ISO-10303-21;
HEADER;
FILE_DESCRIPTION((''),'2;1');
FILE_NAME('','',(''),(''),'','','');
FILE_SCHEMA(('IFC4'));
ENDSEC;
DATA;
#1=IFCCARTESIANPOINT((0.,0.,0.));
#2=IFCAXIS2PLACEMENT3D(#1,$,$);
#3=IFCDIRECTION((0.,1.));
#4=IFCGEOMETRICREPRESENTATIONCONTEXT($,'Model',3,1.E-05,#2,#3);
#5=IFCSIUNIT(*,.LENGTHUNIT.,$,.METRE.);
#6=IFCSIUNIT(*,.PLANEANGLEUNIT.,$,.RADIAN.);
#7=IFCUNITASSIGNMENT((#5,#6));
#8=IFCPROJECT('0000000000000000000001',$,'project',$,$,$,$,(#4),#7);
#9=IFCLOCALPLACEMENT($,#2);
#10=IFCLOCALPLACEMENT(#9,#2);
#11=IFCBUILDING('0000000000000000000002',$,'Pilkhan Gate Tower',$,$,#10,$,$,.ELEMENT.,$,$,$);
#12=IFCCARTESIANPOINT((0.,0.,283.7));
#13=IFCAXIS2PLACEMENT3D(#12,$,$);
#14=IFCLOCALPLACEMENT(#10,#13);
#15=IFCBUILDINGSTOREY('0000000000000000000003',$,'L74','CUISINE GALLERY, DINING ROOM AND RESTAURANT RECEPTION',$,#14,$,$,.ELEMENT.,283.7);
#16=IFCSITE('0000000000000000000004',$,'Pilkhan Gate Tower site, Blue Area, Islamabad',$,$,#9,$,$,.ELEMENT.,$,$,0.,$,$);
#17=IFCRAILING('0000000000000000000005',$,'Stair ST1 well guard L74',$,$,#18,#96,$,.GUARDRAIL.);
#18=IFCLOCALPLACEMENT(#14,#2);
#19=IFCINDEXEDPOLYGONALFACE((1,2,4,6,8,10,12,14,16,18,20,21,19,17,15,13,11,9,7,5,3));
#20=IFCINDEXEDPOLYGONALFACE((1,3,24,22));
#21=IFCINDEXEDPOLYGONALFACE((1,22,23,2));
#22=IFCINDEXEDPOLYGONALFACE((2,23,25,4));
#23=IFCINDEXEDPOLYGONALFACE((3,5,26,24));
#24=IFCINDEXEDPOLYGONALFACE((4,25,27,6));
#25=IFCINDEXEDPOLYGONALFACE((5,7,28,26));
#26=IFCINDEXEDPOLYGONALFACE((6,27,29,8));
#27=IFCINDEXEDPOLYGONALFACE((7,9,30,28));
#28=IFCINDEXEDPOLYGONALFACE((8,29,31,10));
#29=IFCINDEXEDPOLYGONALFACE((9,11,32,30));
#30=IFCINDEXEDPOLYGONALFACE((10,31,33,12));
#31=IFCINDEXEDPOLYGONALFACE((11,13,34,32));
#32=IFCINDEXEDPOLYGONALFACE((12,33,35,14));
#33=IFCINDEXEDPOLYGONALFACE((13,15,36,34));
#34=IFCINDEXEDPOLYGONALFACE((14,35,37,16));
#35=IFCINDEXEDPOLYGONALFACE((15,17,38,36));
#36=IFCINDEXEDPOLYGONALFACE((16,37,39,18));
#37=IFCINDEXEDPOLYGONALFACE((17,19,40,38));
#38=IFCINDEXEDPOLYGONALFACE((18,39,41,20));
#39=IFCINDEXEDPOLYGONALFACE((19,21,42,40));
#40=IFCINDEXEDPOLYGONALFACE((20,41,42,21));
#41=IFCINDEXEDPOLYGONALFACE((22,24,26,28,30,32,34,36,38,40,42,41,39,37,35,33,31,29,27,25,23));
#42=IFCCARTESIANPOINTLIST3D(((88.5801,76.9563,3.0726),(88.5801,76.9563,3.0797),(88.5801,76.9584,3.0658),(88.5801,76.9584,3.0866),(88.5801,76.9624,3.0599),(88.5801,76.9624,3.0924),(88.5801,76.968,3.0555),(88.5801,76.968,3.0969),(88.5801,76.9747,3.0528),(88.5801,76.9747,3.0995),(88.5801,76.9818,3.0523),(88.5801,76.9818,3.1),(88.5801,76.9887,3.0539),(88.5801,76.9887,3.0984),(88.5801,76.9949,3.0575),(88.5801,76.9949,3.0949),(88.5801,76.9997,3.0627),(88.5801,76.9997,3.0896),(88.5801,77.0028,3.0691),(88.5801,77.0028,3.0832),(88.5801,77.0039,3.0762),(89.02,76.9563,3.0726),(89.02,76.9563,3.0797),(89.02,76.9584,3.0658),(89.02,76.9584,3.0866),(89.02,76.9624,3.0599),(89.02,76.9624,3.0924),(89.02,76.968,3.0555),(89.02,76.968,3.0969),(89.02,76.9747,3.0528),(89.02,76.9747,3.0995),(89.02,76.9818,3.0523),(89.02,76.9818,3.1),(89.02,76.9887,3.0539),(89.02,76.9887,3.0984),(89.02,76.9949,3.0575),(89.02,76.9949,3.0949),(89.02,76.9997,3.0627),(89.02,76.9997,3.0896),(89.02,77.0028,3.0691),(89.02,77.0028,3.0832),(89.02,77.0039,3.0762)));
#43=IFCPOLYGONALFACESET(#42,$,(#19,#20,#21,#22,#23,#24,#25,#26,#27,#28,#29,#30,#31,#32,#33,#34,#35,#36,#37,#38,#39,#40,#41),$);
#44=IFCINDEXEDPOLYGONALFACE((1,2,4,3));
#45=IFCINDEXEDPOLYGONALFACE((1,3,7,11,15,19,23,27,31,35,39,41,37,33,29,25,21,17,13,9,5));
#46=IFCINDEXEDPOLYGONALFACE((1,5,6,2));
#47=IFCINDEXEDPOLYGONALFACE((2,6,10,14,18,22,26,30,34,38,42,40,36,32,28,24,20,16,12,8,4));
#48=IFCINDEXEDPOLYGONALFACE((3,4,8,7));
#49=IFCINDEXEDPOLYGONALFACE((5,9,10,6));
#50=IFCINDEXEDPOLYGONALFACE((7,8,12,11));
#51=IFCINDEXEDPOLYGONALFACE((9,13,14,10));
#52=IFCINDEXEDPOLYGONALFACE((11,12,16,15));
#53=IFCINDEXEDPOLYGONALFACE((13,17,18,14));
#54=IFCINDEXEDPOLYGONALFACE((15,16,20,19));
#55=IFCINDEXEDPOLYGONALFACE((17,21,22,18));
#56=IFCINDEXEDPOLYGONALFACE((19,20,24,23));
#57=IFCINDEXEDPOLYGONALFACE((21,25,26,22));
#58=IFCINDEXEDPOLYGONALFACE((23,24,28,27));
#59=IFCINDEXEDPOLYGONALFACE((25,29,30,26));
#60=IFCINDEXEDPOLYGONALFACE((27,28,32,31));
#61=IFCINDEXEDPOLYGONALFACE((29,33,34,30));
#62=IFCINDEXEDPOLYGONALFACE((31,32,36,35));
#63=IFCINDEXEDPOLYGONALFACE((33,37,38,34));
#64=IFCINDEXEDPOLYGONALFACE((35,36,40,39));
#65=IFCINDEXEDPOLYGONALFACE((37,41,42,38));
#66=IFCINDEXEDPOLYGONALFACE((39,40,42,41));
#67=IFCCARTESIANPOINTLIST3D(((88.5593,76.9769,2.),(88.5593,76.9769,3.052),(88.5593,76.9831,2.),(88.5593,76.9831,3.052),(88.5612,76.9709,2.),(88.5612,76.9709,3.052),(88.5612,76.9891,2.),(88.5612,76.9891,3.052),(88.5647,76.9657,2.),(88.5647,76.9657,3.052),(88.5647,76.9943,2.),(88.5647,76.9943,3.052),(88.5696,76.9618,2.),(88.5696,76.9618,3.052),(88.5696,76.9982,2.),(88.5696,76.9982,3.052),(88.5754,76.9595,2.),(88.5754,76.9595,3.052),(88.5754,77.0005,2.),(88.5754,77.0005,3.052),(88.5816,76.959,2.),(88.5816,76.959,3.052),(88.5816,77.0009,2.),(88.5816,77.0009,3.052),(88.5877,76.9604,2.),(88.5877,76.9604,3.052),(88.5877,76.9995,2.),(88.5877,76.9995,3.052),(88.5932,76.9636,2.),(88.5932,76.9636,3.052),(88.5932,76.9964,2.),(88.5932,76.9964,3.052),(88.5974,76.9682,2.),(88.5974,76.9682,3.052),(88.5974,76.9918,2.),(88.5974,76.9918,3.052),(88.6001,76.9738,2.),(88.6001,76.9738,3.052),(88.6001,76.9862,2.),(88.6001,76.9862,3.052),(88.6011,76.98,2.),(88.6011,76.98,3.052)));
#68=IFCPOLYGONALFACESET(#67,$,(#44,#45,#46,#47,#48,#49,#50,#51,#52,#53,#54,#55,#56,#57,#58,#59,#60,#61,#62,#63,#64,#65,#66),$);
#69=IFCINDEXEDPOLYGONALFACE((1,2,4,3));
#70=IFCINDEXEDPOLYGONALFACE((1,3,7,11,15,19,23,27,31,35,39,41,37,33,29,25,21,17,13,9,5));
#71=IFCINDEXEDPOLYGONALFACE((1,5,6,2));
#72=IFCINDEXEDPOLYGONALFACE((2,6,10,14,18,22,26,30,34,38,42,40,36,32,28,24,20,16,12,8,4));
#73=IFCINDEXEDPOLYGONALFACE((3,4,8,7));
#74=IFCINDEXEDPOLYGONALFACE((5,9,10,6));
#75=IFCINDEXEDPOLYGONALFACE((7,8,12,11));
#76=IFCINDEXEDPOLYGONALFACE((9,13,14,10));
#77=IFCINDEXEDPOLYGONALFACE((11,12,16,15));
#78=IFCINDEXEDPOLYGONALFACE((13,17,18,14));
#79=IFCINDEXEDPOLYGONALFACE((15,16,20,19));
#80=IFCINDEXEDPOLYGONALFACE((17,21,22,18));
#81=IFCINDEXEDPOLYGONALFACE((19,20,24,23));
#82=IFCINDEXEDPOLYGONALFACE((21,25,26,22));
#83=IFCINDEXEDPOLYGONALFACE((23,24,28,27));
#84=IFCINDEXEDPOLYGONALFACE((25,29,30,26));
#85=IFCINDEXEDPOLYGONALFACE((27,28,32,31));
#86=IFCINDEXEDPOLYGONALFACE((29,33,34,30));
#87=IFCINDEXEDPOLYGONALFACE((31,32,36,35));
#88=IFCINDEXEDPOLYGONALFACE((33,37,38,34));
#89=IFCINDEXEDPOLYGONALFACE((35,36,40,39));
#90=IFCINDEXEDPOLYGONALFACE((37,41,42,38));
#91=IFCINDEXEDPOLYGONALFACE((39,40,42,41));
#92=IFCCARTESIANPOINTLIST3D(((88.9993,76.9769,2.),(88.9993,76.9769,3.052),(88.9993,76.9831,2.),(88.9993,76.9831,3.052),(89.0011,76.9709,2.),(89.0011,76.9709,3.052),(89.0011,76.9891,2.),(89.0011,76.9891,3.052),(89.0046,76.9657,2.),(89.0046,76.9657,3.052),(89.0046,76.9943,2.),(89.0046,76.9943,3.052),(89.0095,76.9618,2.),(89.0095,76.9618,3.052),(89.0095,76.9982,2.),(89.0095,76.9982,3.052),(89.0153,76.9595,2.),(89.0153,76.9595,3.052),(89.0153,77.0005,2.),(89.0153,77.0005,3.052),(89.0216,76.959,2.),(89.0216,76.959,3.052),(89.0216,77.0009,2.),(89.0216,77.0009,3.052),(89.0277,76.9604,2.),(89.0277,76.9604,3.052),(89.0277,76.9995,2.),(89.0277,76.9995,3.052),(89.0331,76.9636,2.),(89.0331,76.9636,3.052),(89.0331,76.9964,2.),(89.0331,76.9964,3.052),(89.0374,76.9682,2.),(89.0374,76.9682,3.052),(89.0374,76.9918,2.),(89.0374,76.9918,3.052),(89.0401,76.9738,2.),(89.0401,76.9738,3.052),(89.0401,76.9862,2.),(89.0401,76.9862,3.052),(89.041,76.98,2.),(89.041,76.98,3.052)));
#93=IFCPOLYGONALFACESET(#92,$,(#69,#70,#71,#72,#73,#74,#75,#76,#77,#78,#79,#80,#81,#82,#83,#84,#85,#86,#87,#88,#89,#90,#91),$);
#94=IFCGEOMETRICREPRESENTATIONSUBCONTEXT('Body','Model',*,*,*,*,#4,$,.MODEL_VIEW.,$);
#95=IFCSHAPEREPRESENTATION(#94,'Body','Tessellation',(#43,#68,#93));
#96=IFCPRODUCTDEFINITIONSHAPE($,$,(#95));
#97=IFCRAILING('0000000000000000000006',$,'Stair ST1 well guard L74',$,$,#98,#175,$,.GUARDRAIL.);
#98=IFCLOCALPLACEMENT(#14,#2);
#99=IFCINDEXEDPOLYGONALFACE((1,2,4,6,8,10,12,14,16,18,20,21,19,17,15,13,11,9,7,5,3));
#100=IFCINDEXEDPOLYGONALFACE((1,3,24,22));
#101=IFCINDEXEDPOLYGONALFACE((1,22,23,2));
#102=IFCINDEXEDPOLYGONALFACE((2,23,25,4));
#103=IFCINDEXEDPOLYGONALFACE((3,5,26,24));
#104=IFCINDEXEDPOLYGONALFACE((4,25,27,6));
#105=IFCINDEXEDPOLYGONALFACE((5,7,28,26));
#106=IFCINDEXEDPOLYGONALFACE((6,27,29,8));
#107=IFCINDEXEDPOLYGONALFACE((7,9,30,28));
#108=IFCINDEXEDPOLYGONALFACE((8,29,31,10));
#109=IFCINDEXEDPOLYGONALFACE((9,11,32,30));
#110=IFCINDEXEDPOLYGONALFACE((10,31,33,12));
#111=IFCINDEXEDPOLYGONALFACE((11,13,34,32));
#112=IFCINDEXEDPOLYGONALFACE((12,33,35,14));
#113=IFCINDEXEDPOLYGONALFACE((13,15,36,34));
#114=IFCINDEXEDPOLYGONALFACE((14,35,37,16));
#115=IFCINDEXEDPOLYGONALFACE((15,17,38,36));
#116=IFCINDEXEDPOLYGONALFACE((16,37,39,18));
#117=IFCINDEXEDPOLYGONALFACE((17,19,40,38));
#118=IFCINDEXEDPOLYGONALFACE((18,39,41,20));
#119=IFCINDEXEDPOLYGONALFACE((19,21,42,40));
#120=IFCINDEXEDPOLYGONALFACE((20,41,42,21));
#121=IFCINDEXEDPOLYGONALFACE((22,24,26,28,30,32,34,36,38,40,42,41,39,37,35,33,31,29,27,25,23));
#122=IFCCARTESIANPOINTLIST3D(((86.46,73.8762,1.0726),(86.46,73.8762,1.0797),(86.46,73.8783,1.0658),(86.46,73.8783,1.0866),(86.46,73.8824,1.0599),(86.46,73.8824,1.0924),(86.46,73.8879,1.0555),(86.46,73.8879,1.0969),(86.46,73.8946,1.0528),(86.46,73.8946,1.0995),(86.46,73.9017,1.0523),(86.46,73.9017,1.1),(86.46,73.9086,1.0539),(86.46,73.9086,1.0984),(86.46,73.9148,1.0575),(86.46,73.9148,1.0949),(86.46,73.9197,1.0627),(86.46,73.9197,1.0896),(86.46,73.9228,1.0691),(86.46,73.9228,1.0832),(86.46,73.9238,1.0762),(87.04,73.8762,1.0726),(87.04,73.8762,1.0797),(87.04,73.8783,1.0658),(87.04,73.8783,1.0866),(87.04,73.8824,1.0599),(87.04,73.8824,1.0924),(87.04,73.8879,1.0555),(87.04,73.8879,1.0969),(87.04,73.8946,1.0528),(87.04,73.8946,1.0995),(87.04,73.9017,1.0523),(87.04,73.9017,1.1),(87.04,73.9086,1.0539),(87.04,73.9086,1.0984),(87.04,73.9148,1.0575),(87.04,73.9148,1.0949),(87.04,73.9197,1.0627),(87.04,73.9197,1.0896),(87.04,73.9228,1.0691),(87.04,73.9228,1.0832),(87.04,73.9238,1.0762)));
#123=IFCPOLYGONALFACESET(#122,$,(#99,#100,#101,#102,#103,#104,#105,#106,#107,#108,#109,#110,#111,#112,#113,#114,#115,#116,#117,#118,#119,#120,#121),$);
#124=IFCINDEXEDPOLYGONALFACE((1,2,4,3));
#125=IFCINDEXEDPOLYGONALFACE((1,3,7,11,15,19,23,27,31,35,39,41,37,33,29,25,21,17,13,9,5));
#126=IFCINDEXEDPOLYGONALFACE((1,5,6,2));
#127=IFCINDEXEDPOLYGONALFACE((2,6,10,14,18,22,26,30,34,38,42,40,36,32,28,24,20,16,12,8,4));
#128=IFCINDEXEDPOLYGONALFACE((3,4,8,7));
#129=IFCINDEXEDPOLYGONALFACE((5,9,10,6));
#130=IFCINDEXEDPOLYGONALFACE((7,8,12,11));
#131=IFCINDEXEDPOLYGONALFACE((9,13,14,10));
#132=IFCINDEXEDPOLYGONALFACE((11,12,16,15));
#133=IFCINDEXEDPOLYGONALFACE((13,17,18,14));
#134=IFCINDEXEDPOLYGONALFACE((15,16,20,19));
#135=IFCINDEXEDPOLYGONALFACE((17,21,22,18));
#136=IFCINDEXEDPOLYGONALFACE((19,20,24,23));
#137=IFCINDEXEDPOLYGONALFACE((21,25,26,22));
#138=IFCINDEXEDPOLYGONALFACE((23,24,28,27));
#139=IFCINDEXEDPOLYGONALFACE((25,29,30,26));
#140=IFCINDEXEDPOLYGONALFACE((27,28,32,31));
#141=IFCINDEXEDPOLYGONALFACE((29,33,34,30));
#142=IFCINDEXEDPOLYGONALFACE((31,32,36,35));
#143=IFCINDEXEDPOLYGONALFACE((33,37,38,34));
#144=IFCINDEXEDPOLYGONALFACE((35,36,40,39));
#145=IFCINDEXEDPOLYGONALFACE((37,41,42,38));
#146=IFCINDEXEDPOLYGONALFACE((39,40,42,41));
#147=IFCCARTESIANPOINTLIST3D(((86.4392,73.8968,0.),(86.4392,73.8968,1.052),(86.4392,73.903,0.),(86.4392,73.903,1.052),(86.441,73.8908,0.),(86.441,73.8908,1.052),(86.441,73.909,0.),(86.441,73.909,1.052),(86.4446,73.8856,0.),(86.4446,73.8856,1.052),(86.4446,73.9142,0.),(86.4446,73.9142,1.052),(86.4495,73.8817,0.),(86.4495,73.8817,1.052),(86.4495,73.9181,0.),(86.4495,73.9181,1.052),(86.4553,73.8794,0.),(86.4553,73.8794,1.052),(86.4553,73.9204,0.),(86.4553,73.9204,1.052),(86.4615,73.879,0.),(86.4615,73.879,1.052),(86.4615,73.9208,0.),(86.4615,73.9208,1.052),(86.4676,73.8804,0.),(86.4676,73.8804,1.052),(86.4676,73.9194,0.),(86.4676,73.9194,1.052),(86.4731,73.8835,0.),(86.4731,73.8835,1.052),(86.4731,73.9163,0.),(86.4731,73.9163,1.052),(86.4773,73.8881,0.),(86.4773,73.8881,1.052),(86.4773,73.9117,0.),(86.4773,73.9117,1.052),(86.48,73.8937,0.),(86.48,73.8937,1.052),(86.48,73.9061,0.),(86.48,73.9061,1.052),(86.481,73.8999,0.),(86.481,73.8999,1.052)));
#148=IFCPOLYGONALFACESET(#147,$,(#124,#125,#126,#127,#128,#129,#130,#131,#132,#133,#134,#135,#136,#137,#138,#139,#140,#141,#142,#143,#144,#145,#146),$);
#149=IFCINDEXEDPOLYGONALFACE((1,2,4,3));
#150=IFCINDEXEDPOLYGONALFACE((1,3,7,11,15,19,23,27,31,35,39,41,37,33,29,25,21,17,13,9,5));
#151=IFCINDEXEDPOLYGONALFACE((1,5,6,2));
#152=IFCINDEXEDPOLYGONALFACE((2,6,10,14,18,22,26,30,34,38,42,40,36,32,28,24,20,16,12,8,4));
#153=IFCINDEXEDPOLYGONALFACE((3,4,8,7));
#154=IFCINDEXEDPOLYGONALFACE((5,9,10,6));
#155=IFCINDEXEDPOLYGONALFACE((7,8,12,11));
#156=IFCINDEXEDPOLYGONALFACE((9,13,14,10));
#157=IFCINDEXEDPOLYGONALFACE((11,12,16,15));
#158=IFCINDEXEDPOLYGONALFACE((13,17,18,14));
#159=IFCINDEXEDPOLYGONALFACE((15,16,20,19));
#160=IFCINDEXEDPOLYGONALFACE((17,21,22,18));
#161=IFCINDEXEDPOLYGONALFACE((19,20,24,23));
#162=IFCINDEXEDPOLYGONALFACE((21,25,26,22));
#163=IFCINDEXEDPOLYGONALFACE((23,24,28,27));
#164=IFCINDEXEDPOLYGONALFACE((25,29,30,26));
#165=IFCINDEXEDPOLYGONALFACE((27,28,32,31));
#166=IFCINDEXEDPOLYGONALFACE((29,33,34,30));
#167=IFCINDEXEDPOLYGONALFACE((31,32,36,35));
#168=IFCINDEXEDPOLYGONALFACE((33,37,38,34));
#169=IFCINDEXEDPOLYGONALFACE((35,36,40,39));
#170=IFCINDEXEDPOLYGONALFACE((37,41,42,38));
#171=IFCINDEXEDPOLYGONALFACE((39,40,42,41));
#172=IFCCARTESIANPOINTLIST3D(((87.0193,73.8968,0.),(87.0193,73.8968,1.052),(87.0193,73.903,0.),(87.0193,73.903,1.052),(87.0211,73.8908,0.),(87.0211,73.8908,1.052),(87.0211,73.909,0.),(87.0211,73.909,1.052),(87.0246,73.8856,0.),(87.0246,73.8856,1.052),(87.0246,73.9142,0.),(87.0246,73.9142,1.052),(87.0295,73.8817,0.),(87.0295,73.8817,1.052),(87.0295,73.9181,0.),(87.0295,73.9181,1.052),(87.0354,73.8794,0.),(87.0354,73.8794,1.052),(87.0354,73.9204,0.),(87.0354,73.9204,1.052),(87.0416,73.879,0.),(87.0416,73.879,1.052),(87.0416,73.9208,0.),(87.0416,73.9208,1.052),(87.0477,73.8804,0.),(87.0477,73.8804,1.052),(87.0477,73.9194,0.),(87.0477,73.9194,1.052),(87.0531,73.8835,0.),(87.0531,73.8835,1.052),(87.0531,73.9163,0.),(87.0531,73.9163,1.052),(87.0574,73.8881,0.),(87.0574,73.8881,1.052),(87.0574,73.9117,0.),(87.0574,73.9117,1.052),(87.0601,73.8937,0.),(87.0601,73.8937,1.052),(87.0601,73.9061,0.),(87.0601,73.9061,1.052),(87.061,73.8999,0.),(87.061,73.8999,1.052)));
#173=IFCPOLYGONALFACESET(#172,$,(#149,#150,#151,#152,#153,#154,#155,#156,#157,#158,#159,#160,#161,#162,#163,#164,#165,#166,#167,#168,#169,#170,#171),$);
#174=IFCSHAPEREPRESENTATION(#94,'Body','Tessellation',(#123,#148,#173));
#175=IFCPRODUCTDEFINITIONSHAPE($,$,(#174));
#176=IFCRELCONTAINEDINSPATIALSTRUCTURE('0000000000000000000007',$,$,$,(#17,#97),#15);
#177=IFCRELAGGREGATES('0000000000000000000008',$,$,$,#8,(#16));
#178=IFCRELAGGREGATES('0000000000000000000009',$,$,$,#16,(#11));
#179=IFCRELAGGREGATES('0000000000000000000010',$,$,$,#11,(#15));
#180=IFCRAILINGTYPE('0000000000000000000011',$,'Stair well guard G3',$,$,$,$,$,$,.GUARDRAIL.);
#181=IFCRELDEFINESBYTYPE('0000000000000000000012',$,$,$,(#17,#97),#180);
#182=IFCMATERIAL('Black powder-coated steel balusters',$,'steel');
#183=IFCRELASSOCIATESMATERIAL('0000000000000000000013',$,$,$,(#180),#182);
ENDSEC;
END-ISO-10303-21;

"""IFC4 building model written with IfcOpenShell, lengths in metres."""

from ifc_helpers import new_model, si_unit, direction, frame, origin, origin_2d, place, context, subcontext, project, spatial, circle, extrude, material, type_object, element, save


model = new_model("IFC4")

# Units and contexts
model_context = context("Model", 3, precision=1e-05, world=origin(), true_north=direction((0.0, 1.0)))
body_context = subcontext(model_context, "Body", "Model", "MODEL_VIEW")
ifc_project = project(units=[si_unit("LENGTHUNIT", "METRE"), si_unit("PLANEANGLEUNIT", "RADIAN")], contexts=[model_context])

# Site, building, storey
site_placement = place(None, origin())
site = spatial("IfcSite", under=ifc_project, at=site_placement, Name="Pilkhan Gate Tower site, Blue Area, Islamabad", CompositionType="ELEMENT", RefElevation=0.0)
building_placement = place(site_placement, origin())
building = spatial("IfcBuilding", under=site, at=building_placement, Name="Pilkhan Gate Tower", CompositionType="ELEMENT")
storey_placement = place(building_placement, frame((0.0, 0.0, 283.7)))
storey = spatial("IfcBuildingStorey", under=building, at=storey_placement, Name="L74", Description="CUISINE GALLERY, DINING ROOM AND RESTAURANT RECEPTION", CompositionType="ELEMENT", Elevation=283.7)

# Railings
ifc_material_1 = material(Name="Black powder-coated steel balusters", Category="steel")
railing_type_1 = type_object("IfcRailingType", Name="Stair well guard G3", PredefinedType="GUARDRAIL", material=ifc_material_1)
railing_1_placement = place(storey_placement, frame((88.5801, 76.98, 2.0)))
element("IfcRailing", 1, at=railing_1_placement, inside=storey, type_object=railing_type_1, Name="Stair ST1 well guard L74", PredefinedType="GUARDRAIL", context=body_context, shape_type="SweptSolid", body=[
    extrude(circle(Radius=0.0239, at=origin_2d()), frame((0.0, 0.0, 1.0762), z_axis=(1.0, 0.0, 0.0), x_axis=(0.0, 1.0, 0.0)), (0.0, 0.0, 1.0), 0.4399),
    extrude(circle(Radius=0.021, at=origin_2d()), origin(), (0.0, 0.0, 1.0), 1.052),
    extrude(circle(Radius=0.021, at=origin_2d()), frame((0.4399, 0.0, 0.0)), (0.0, 0.0, 1.0), 1.052),
])
for number, where, name in (
    (2, (86.46, 73.8999, 0.0), "Stair ST1 well guard L74"),
):
    element("IfcRailing", number, at=place(storey_placement, frame(where)), inside=storey, type_object=railing_type_1, Name=name, PredefinedType="GUARDRAIL", context=body_context, shape_type="SweptSolid", body=[
        extrude(circle(Radius=0.0239, at=origin_2d()), frame((0.0, 0.0, 1.0762), z_axis=(1.0, 0.0, 0.0), x_axis=(0.0, 1.0, 0.0)), (0.0, 0.0, 1.0), 0.5801),
        extrude(circle(Radius=0.021, at=origin_2d()), origin(), (0.0, 0.0, 1.0), 1.052),
        extrude(circle(Radius=0.021, at=origin_2d()), frame((0.5801, 0.0, 0.0)), (0.0, 0.0, 1.0), 1.052),
    ])

save(model, "model.ifc")
